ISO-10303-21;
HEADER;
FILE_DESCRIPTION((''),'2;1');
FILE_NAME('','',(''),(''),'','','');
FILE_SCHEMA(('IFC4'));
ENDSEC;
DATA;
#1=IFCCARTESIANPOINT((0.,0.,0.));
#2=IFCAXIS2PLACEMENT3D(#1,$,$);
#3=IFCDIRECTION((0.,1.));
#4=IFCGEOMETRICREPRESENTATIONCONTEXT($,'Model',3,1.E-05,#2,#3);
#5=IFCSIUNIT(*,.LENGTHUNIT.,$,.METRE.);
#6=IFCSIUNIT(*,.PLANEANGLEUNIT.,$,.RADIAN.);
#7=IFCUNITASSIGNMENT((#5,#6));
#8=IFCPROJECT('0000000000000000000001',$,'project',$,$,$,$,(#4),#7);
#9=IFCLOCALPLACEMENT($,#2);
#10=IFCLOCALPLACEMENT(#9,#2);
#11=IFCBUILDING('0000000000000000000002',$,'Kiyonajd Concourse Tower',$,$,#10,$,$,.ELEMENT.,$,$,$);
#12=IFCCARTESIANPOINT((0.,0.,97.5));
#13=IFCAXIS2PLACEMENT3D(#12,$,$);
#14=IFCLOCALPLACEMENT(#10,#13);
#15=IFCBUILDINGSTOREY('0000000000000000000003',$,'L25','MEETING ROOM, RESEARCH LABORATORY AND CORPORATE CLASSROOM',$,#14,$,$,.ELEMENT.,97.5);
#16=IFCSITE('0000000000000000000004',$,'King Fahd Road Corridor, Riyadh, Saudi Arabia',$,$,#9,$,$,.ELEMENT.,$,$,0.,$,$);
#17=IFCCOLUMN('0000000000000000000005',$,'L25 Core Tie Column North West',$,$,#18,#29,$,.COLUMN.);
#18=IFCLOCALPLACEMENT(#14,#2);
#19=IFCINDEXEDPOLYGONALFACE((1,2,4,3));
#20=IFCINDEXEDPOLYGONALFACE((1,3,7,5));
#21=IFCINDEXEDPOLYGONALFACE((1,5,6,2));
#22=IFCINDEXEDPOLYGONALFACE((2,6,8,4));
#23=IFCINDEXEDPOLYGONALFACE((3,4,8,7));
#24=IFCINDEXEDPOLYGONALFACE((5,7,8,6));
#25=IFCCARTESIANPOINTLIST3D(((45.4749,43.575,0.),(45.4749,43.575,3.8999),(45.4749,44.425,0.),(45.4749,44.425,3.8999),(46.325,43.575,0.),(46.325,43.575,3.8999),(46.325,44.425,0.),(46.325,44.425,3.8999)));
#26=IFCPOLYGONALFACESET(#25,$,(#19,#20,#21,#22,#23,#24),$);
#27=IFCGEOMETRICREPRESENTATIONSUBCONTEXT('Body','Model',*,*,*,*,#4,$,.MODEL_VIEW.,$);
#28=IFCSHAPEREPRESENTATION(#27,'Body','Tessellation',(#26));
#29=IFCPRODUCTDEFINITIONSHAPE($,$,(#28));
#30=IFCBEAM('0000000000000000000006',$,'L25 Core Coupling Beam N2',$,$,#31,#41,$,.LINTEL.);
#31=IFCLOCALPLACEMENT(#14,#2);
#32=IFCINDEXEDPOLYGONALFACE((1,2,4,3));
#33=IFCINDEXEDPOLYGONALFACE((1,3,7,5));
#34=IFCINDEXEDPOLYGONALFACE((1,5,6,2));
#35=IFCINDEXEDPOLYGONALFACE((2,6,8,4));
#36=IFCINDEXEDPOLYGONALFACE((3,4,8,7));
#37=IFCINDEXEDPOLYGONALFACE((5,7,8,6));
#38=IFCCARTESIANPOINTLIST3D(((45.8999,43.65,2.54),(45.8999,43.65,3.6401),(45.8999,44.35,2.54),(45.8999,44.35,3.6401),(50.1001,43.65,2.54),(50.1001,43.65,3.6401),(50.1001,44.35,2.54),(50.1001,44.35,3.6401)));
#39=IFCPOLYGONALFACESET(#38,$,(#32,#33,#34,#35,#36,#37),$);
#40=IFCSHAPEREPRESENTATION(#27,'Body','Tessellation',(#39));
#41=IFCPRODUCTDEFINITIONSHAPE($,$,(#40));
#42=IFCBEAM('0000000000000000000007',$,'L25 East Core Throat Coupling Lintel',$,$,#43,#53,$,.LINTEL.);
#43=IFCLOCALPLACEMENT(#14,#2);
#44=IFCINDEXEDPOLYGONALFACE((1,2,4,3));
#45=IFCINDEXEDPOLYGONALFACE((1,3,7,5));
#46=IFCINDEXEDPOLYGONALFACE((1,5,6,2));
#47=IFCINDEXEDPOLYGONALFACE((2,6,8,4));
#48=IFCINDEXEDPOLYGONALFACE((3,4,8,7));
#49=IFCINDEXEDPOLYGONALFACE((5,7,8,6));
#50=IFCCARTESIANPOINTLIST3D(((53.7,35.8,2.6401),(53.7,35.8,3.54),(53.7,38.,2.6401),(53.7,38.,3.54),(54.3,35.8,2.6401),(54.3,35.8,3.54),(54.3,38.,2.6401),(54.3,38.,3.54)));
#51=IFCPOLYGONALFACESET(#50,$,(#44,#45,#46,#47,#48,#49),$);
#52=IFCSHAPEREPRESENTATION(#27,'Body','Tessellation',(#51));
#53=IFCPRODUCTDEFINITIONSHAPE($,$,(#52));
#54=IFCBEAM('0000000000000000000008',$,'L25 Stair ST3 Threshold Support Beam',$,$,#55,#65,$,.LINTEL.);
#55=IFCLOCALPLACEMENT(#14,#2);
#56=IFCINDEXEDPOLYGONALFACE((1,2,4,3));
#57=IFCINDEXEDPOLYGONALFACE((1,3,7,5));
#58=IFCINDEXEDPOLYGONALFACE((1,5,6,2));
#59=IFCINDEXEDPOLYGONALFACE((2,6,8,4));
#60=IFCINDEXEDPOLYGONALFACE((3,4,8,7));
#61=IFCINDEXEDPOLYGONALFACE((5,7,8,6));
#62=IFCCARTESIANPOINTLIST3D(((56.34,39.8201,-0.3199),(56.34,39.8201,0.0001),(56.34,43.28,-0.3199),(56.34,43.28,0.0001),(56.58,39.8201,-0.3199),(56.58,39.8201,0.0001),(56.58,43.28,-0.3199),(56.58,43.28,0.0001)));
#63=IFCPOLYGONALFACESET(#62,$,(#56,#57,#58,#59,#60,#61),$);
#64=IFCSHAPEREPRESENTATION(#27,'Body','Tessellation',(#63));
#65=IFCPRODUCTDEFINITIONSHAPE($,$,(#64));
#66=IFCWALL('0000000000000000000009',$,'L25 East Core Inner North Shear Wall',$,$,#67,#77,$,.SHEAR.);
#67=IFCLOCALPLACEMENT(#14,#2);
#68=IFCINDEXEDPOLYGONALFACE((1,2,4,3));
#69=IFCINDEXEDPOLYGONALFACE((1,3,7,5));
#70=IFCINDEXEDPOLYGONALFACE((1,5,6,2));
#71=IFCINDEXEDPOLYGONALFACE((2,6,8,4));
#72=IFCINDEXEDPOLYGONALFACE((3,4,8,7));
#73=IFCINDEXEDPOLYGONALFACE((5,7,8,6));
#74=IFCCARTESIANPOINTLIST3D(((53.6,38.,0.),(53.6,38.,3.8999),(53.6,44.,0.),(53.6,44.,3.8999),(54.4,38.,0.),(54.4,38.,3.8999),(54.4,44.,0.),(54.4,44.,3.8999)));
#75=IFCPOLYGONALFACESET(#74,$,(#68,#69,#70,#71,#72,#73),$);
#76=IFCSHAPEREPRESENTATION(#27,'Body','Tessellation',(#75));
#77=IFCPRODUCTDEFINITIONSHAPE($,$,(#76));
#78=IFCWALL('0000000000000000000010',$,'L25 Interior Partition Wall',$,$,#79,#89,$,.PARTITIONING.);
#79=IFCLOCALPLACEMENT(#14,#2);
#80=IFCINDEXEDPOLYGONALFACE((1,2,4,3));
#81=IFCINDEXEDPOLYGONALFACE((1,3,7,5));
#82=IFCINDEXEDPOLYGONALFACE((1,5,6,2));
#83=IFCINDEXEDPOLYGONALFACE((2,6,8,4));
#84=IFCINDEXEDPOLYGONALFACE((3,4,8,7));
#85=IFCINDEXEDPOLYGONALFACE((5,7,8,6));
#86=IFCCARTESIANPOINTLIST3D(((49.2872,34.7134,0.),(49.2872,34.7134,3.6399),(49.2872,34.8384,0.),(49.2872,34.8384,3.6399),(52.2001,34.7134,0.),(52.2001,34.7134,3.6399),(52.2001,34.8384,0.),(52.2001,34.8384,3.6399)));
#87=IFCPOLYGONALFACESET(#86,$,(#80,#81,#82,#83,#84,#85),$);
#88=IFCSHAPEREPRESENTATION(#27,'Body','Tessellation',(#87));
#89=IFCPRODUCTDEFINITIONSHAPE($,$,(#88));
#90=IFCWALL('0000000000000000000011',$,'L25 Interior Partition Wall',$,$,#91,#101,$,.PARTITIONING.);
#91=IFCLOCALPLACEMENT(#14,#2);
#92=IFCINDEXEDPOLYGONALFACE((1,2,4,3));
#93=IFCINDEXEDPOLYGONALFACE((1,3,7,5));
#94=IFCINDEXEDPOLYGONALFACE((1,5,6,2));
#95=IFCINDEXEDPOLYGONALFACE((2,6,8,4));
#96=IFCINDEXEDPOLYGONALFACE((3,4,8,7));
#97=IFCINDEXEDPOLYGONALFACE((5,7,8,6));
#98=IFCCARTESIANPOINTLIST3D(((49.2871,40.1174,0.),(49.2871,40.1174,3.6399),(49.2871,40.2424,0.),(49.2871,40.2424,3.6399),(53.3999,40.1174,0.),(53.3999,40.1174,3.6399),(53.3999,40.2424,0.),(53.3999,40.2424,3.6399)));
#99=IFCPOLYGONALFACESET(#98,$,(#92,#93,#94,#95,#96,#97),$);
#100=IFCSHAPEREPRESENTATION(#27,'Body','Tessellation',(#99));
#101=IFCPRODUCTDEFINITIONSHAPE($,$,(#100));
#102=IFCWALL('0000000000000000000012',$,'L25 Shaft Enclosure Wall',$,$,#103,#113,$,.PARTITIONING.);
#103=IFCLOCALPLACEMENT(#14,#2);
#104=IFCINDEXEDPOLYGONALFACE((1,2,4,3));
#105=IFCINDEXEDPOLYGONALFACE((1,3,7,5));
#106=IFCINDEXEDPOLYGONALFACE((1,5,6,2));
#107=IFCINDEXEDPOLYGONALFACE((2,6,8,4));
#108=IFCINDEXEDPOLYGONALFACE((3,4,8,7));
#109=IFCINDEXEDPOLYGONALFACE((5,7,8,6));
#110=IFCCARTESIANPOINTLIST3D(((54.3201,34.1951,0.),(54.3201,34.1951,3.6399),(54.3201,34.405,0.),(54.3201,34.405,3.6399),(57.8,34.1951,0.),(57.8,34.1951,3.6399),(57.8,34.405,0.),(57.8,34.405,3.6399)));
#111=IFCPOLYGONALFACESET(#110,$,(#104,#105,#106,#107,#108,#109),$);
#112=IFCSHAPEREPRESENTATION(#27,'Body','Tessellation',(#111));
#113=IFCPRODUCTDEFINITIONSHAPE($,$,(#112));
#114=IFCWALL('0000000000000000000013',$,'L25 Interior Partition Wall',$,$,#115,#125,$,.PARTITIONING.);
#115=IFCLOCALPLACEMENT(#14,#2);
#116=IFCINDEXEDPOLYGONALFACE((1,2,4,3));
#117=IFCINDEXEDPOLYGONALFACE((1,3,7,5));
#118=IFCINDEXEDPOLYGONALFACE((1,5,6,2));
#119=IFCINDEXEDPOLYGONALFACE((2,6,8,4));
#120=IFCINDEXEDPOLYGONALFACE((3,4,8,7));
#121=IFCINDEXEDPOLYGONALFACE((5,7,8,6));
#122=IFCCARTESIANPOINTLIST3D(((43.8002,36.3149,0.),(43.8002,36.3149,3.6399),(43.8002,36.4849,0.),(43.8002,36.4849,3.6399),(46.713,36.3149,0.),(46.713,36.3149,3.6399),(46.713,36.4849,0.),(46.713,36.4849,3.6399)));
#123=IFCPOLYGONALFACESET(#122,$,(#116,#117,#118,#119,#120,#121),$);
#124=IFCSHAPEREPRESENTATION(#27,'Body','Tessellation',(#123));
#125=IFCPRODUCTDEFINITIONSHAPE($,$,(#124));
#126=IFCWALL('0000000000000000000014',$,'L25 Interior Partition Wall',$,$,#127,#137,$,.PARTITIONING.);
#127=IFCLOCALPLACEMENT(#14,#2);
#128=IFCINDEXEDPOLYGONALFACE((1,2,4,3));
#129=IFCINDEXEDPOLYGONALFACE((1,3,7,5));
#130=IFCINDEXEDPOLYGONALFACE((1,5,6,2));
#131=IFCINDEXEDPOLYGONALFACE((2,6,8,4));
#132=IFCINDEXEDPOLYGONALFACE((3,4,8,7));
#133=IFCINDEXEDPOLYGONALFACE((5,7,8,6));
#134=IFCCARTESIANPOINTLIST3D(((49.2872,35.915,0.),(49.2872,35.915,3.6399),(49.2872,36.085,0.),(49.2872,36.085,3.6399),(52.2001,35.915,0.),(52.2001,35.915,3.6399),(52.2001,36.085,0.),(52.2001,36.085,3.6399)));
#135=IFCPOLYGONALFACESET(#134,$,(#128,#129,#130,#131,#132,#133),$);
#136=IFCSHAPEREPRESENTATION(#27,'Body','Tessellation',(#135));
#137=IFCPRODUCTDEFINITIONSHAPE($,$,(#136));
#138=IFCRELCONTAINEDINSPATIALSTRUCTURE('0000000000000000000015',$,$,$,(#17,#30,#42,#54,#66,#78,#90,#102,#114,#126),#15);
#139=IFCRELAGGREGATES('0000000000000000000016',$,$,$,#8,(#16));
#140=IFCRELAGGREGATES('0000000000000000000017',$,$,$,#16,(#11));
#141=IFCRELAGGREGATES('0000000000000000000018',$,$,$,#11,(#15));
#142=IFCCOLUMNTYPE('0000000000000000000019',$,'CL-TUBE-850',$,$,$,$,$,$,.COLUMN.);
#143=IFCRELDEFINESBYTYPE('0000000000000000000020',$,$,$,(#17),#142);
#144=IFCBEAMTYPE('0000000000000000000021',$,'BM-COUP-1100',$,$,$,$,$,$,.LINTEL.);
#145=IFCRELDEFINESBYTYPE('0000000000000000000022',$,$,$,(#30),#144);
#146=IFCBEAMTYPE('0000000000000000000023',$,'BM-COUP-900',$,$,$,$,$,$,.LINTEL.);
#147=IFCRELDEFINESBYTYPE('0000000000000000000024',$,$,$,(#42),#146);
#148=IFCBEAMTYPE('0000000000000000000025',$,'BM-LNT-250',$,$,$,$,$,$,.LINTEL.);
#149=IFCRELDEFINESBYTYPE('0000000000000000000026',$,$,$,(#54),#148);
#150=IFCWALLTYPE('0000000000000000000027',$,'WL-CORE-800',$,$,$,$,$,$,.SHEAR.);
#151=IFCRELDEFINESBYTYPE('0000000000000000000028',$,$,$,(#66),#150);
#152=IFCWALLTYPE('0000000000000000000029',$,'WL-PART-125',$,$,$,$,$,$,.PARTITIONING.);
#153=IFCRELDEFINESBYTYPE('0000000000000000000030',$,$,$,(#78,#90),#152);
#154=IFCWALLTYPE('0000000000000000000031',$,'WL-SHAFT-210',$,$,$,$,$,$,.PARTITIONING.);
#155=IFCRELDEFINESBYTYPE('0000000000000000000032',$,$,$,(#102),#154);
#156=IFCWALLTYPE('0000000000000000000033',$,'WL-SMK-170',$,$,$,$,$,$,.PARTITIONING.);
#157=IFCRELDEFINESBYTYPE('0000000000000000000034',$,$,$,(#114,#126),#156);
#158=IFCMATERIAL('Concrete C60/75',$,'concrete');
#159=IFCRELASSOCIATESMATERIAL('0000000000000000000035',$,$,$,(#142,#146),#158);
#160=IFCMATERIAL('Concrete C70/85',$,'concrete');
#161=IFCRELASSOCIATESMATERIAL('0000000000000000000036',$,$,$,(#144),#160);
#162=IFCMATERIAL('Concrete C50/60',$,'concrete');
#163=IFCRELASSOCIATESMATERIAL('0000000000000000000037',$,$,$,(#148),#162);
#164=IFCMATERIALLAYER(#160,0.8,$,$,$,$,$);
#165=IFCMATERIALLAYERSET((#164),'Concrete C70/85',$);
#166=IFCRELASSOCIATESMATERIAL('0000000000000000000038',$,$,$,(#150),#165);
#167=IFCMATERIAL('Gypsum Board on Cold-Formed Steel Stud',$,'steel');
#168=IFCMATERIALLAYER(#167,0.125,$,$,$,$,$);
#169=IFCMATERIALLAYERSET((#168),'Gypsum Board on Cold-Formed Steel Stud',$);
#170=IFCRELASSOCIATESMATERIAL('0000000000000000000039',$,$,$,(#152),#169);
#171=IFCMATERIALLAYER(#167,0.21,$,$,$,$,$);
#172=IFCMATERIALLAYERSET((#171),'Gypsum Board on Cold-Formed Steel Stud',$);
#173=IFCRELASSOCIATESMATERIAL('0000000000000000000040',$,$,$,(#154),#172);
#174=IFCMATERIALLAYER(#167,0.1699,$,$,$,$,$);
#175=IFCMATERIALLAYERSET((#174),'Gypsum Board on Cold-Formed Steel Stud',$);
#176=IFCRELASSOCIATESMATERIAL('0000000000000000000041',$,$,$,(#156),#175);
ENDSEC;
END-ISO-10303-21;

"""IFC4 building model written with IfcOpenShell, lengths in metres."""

from ifc_helpers import new_model, si_unit, direction, frame, frame_2d, origin, origin_2d, place, context, subcontext, project, spatial, rectangle, extrude, material, layer, layer_set, material_profile, profile_set, type_object, element, save


model = new_model("IFC4")

# Units and contexts
model_context = context("Model", 3, precision=1e-05, world=origin(), true_north=direction((0.0, 1.0)))
body_context = subcontext(model_context, "Body", "Model", "MODEL_VIEW")
ifc_project = project(units=[si_unit("LENGTHUNIT", "METRE"), si_unit("PLANEANGLEUNIT", "RADIAN")], contexts=[model_context])

# Site, building, storey
site_placement = place(None, origin())
site = spatial("IfcSite", under=ifc_project, at=site_placement, Name="King Fahd Road Corridor, Riyadh, Saudi Arabia", CompositionType="ELEMENT", RefElevation=0.0)
building_placement = place(site_placement, origin())
building = spatial("IfcBuilding", under=site, at=building_placement, Name="Kiyonajd Concourse Tower", CompositionType="ELEMENT")
storey_placement = place(building_placement, frame((0.0, 0.0, 97.5)))
storey = spatial("IfcBuildingStorey", under=building, at=storey_placement, Name="L25", Description="MEETING ROOM, RESEARCH LABORATORY AND CORPORATE CLASSROOM", CompositionType="ELEMENT", Elevation=97.5)

# Column
ifc_material_1 = material(Name="Concrete C60/75", Category="concrete")
ifc_material_profile_1 = material_profile(ifc_material_1, rectangle(XDim=0.8501, YDim=0.8501, at=origin_2d()), Name="RC-850x850")
ifc_profile_set_1 = profile_set([ifc_material_profile_1], Name="Concrete C60/75")
column_type = type_object("IfcColumnType", Name="CL-TUBE-850", PredefinedType="COLUMN", material=ifc_profile_set_1)
column_placement = place(storey_placement, frame((45.8999, 44.0, 0.0), z_axis=(0.0, 0.0, 1.0), x_axis=(1.0, 0.0, 0.0)))
element("IfcColumn", 1, at=column_placement, inside=storey, type_object=column_type, Name="L25 Core Tie Column North West", PredefinedType="COLUMN", context=body_context, shape_type="SweptSolid", body=[
    extrude(rectangle(XDim=0.8501, YDim=0.8501, at=origin_2d()), origin(), (0.0, 0.0, 1.0), 3.8999),
])

# Beams
ifc_material_2 = material(Name="Concrete C70/85", Category="concrete")
ifc_material_profile_2 = material_profile(ifc_material_2, rectangle(XDim=0.7, YDim=1.1001, at=origin_2d()), Name="RCBM-700x1100")
ifc_profile_set_2 = profile_set([ifc_material_profile_2], Name="Concrete C70/85")
beam_type_1 = type_object("IfcBeamType", Name="BM-COUP-1100", PredefinedType="LINTEL", material=ifc_profile_set_2)
beam_1_placement = place(storey_placement, frame((45.8999, 44.0, 3.0901), z_axis=(1.0, 0.0, 0.0), x_axis=(0.0, 1.0, 0.0)))
element("IfcBeam", 2, at=beam_1_placement, inside=storey, type_object=beam_type_1, Name="L25 Core Coupling Beam N2", PredefinedType="LINTEL", context=body_context, shape_type="SweptSolid", body=[
    extrude(rectangle(XDim=0.7, YDim=1.1001, at=origin_2d()), origin(), (0.0, 0.0, 1.0), 4.2002),
])
ifc_material_profile_3 = material_profile(ifc_material_1, rectangle(XDim=0.6001, YDim=0.8999, at=origin_2d()), Name="RCBM-600x900")
ifc_profile_set_3 = profile_set([ifc_material_profile_3], Name="Concrete C60/75")
beam_type_2 = type_object("IfcBeamType", Name="BM-COUP-900", PredefinedType="LINTEL", material=ifc_profile_set_3)
beam_2_placement = place(storey_placement, frame((54.0, 35.8, 3.0901), z_axis=(0.0, 1.0, 0.0), x_axis=(-1.0, 0.0, 0.0)))
element("IfcBeam", 3, at=beam_2_placement, inside=storey, type_object=beam_type_2, Name="L25 East Core Throat Coupling Lintel", PredefinedType="LINTEL", context=body_context, shape_type="SweptSolid", body=[
    extrude(rectangle(XDim=0.6001, YDim=0.8999, at=origin_2d()), origin(), (0.0, 0.0, 1.0), 2.2),
])
ifc_material_3 = material(Name="Concrete C50/60", Category="concrete")
ifc_material_profile_4 = material_profile(ifc_material_3, rectangle(XDim=0.24, YDim=0.3201, at=origin_2d()), Name="RCBM-240x320")
ifc_profile_set_4 = profile_set([ifc_material_profile_4], Name="Concrete C50/60")
beam_type_3 = type_object("IfcBeamType", Name="BM-LNT-250", PredefinedType="LINTEL", material=ifc_profile_set_4)
beam_3_placement = place(storey_placement, frame((56.46, 39.8201, -0.1599), z_axis=(0.0, 1.0, 0.0), x_axis=(-1.0, 0.0, 0.0)))
element("IfcBeam", 4, at=beam_3_placement, inside=storey, type_object=beam_type_3, Name="L25 Stair ST3 Threshold Support Beam", PredefinedType="LINTEL", context=body_context, shape_type="SweptSolid", body=[
    extrude(rectangle(XDim=0.24, YDim=0.3201, at=origin_2d()), origin(), (0.0, 0.0, 1.0), 3.46),
])

# Walls
ifc_layer_1 = layer(ifc_material_2, 0.8)
ifc_layer_set_1 = layer_set([ifc_layer_1], Name="Concrete C70/85")
wall_type_1 = type_object("IfcWallType", Name="WL-CORE-800", PredefinedType="SHEAR", material=ifc_layer_set_1)
wall_1_placement = place(storey_placement, frame((54.0, 38.0, 0.0), z_axis=(0.0, 0.0, 1.0), x_axis=(0.0, 1.0, 0.0)))
element("IfcWall", 5, at=wall_1_placement, inside=storey, type_object=wall_type_1, Name="L25 East Core Inner North Shear Wall", PredefinedType="SHEAR", context=body_context, shape_type="SweptSolid", body=[
    extrude(rectangle(XDim=6.0, YDim=0.8, at=frame_2d((3.0, 0.0))), origin(), (0.0, 0.0, 1.0), 3.8999),
])
ifc_material_4 = material(Name="Gypsum Board on Cold-Formed Steel Stud", Category="steel")
ifc_layer_2 = layer(ifc_material_4, 0.125)
ifc_layer_set_2 = layer_set([ifc_layer_2], Name="Gypsum Board on Cold-Formed Steel Stud")
wall_type_2 = type_object("IfcWallType", Name="WL-PART-125", PredefinedType="PARTITIONING", material=ifc_layer_set_2)
wall_2_placement = place(storey_placement, frame((49.2871, 34.7759, 0.0), z_axis=(0.0, 0.0, 1.0), x_axis=(1.0, 0.0, 0.0)))
element("IfcWall", 6, at=wall_2_placement, inside=storey, type_object=wall_type_2, Name="L25 Interior Partition Wall", PredefinedType="PARTITIONING", context=body_context, shape_type="SweptSolid", body=[
    extrude(rectangle(XDim=2.9128, YDim=0.125, at=frame_2d((1.4565, 0.0))), origin(), (0.0, 0.0, 1.0), 3.6399),
])
wall_3_placement = place(storey_placement, frame((49.2871, 40.1799, 0.0), z_axis=(0.0, 0.0, 1.0), x_axis=(1.0, 0.0, 0.0)))
element("IfcWall", 7, at=wall_3_placement, inside=storey, type_object=wall_type_2, Name="L25 Interior Partition Wall", PredefinedType="PARTITIONING", context=body_context, shape_type="SweptSolid", body=[
    extrude(rectangle(XDim=4.1128, YDim=0.125, at=frame_2d((2.0564, 0.0))), origin(), (0.0, 0.0, 1.0), 3.6399),
])
ifc_layer_3 = layer(ifc_material_4, 0.21)
ifc_layer_set_3 = layer_set([ifc_layer_3], Name="Gypsum Board on Cold-Formed Steel Stud")
wall_type_3 = type_object("IfcWallType", Name="WL-SHAFT-210", PredefinedType="PARTITIONING", material=ifc_layer_set_3)
wall_4_placement = place(storey_placement, frame((54.3201, 34.3, 0.0), z_axis=(0.0, 0.0, 1.0), x_axis=(1.0, 0.0, 0.0)))
element("IfcWall", 8, at=wall_4_placement, inside=storey, type_object=wall_type_3, Name="L25 Shaft Enclosure Wall", PredefinedType="PARTITIONING", context=body_context, shape_type="SweptSolid", body=[
    extrude(rectangle(XDim=3.48, YDim=0.21, at=frame_2d((1.74, 0.0))), origin(), (0.0, 0.0, 1.0), 3.6399),
])
ifc_layer_4 = layer(ifc_material_4, 0.1699)
ifc_layer_set_4 = layer_set([ifc_layer_4], Name="Gypsum Board on Cold-Formed Steel Stud")
wall_type_4 = type_object("IfcWallType", Name="WL-SMK-170", PredefinedType="PARTITIONING", material=ifc_layer_set_4)
for number, where, z_axis, x_axis, name in (
    (9, (43.8, 36.3999, 0.0), (0.0, 0.0, 1.0), (1.0, 0.0, 0.0), "L25 Interior Partition Wall"),
    (10, (49.2871, 36.0, 0.0), (0.0, 0.0, 1.0), (1.0, 0.0, 0.0), "L25 Interior Partition Wall"),
):
    element("IfcWall", number, at=place(storey_placement, frame(where, z_axis=z_axis, x_axis=x_axis)), inside=storey, type_object=wall_type_4, Name=name, PredefinedType="PARTITIONING", context=body_context, shape_type="SweptSolid", body=[
        extrude(rectangle(XDim=2.9128, YDim=0.1699, at=frame_2d((1.4565, 0.0))), origin(), (0.0, 0.0, 1.0), 3.6399),
    ])

save(model, "model.ifc")
